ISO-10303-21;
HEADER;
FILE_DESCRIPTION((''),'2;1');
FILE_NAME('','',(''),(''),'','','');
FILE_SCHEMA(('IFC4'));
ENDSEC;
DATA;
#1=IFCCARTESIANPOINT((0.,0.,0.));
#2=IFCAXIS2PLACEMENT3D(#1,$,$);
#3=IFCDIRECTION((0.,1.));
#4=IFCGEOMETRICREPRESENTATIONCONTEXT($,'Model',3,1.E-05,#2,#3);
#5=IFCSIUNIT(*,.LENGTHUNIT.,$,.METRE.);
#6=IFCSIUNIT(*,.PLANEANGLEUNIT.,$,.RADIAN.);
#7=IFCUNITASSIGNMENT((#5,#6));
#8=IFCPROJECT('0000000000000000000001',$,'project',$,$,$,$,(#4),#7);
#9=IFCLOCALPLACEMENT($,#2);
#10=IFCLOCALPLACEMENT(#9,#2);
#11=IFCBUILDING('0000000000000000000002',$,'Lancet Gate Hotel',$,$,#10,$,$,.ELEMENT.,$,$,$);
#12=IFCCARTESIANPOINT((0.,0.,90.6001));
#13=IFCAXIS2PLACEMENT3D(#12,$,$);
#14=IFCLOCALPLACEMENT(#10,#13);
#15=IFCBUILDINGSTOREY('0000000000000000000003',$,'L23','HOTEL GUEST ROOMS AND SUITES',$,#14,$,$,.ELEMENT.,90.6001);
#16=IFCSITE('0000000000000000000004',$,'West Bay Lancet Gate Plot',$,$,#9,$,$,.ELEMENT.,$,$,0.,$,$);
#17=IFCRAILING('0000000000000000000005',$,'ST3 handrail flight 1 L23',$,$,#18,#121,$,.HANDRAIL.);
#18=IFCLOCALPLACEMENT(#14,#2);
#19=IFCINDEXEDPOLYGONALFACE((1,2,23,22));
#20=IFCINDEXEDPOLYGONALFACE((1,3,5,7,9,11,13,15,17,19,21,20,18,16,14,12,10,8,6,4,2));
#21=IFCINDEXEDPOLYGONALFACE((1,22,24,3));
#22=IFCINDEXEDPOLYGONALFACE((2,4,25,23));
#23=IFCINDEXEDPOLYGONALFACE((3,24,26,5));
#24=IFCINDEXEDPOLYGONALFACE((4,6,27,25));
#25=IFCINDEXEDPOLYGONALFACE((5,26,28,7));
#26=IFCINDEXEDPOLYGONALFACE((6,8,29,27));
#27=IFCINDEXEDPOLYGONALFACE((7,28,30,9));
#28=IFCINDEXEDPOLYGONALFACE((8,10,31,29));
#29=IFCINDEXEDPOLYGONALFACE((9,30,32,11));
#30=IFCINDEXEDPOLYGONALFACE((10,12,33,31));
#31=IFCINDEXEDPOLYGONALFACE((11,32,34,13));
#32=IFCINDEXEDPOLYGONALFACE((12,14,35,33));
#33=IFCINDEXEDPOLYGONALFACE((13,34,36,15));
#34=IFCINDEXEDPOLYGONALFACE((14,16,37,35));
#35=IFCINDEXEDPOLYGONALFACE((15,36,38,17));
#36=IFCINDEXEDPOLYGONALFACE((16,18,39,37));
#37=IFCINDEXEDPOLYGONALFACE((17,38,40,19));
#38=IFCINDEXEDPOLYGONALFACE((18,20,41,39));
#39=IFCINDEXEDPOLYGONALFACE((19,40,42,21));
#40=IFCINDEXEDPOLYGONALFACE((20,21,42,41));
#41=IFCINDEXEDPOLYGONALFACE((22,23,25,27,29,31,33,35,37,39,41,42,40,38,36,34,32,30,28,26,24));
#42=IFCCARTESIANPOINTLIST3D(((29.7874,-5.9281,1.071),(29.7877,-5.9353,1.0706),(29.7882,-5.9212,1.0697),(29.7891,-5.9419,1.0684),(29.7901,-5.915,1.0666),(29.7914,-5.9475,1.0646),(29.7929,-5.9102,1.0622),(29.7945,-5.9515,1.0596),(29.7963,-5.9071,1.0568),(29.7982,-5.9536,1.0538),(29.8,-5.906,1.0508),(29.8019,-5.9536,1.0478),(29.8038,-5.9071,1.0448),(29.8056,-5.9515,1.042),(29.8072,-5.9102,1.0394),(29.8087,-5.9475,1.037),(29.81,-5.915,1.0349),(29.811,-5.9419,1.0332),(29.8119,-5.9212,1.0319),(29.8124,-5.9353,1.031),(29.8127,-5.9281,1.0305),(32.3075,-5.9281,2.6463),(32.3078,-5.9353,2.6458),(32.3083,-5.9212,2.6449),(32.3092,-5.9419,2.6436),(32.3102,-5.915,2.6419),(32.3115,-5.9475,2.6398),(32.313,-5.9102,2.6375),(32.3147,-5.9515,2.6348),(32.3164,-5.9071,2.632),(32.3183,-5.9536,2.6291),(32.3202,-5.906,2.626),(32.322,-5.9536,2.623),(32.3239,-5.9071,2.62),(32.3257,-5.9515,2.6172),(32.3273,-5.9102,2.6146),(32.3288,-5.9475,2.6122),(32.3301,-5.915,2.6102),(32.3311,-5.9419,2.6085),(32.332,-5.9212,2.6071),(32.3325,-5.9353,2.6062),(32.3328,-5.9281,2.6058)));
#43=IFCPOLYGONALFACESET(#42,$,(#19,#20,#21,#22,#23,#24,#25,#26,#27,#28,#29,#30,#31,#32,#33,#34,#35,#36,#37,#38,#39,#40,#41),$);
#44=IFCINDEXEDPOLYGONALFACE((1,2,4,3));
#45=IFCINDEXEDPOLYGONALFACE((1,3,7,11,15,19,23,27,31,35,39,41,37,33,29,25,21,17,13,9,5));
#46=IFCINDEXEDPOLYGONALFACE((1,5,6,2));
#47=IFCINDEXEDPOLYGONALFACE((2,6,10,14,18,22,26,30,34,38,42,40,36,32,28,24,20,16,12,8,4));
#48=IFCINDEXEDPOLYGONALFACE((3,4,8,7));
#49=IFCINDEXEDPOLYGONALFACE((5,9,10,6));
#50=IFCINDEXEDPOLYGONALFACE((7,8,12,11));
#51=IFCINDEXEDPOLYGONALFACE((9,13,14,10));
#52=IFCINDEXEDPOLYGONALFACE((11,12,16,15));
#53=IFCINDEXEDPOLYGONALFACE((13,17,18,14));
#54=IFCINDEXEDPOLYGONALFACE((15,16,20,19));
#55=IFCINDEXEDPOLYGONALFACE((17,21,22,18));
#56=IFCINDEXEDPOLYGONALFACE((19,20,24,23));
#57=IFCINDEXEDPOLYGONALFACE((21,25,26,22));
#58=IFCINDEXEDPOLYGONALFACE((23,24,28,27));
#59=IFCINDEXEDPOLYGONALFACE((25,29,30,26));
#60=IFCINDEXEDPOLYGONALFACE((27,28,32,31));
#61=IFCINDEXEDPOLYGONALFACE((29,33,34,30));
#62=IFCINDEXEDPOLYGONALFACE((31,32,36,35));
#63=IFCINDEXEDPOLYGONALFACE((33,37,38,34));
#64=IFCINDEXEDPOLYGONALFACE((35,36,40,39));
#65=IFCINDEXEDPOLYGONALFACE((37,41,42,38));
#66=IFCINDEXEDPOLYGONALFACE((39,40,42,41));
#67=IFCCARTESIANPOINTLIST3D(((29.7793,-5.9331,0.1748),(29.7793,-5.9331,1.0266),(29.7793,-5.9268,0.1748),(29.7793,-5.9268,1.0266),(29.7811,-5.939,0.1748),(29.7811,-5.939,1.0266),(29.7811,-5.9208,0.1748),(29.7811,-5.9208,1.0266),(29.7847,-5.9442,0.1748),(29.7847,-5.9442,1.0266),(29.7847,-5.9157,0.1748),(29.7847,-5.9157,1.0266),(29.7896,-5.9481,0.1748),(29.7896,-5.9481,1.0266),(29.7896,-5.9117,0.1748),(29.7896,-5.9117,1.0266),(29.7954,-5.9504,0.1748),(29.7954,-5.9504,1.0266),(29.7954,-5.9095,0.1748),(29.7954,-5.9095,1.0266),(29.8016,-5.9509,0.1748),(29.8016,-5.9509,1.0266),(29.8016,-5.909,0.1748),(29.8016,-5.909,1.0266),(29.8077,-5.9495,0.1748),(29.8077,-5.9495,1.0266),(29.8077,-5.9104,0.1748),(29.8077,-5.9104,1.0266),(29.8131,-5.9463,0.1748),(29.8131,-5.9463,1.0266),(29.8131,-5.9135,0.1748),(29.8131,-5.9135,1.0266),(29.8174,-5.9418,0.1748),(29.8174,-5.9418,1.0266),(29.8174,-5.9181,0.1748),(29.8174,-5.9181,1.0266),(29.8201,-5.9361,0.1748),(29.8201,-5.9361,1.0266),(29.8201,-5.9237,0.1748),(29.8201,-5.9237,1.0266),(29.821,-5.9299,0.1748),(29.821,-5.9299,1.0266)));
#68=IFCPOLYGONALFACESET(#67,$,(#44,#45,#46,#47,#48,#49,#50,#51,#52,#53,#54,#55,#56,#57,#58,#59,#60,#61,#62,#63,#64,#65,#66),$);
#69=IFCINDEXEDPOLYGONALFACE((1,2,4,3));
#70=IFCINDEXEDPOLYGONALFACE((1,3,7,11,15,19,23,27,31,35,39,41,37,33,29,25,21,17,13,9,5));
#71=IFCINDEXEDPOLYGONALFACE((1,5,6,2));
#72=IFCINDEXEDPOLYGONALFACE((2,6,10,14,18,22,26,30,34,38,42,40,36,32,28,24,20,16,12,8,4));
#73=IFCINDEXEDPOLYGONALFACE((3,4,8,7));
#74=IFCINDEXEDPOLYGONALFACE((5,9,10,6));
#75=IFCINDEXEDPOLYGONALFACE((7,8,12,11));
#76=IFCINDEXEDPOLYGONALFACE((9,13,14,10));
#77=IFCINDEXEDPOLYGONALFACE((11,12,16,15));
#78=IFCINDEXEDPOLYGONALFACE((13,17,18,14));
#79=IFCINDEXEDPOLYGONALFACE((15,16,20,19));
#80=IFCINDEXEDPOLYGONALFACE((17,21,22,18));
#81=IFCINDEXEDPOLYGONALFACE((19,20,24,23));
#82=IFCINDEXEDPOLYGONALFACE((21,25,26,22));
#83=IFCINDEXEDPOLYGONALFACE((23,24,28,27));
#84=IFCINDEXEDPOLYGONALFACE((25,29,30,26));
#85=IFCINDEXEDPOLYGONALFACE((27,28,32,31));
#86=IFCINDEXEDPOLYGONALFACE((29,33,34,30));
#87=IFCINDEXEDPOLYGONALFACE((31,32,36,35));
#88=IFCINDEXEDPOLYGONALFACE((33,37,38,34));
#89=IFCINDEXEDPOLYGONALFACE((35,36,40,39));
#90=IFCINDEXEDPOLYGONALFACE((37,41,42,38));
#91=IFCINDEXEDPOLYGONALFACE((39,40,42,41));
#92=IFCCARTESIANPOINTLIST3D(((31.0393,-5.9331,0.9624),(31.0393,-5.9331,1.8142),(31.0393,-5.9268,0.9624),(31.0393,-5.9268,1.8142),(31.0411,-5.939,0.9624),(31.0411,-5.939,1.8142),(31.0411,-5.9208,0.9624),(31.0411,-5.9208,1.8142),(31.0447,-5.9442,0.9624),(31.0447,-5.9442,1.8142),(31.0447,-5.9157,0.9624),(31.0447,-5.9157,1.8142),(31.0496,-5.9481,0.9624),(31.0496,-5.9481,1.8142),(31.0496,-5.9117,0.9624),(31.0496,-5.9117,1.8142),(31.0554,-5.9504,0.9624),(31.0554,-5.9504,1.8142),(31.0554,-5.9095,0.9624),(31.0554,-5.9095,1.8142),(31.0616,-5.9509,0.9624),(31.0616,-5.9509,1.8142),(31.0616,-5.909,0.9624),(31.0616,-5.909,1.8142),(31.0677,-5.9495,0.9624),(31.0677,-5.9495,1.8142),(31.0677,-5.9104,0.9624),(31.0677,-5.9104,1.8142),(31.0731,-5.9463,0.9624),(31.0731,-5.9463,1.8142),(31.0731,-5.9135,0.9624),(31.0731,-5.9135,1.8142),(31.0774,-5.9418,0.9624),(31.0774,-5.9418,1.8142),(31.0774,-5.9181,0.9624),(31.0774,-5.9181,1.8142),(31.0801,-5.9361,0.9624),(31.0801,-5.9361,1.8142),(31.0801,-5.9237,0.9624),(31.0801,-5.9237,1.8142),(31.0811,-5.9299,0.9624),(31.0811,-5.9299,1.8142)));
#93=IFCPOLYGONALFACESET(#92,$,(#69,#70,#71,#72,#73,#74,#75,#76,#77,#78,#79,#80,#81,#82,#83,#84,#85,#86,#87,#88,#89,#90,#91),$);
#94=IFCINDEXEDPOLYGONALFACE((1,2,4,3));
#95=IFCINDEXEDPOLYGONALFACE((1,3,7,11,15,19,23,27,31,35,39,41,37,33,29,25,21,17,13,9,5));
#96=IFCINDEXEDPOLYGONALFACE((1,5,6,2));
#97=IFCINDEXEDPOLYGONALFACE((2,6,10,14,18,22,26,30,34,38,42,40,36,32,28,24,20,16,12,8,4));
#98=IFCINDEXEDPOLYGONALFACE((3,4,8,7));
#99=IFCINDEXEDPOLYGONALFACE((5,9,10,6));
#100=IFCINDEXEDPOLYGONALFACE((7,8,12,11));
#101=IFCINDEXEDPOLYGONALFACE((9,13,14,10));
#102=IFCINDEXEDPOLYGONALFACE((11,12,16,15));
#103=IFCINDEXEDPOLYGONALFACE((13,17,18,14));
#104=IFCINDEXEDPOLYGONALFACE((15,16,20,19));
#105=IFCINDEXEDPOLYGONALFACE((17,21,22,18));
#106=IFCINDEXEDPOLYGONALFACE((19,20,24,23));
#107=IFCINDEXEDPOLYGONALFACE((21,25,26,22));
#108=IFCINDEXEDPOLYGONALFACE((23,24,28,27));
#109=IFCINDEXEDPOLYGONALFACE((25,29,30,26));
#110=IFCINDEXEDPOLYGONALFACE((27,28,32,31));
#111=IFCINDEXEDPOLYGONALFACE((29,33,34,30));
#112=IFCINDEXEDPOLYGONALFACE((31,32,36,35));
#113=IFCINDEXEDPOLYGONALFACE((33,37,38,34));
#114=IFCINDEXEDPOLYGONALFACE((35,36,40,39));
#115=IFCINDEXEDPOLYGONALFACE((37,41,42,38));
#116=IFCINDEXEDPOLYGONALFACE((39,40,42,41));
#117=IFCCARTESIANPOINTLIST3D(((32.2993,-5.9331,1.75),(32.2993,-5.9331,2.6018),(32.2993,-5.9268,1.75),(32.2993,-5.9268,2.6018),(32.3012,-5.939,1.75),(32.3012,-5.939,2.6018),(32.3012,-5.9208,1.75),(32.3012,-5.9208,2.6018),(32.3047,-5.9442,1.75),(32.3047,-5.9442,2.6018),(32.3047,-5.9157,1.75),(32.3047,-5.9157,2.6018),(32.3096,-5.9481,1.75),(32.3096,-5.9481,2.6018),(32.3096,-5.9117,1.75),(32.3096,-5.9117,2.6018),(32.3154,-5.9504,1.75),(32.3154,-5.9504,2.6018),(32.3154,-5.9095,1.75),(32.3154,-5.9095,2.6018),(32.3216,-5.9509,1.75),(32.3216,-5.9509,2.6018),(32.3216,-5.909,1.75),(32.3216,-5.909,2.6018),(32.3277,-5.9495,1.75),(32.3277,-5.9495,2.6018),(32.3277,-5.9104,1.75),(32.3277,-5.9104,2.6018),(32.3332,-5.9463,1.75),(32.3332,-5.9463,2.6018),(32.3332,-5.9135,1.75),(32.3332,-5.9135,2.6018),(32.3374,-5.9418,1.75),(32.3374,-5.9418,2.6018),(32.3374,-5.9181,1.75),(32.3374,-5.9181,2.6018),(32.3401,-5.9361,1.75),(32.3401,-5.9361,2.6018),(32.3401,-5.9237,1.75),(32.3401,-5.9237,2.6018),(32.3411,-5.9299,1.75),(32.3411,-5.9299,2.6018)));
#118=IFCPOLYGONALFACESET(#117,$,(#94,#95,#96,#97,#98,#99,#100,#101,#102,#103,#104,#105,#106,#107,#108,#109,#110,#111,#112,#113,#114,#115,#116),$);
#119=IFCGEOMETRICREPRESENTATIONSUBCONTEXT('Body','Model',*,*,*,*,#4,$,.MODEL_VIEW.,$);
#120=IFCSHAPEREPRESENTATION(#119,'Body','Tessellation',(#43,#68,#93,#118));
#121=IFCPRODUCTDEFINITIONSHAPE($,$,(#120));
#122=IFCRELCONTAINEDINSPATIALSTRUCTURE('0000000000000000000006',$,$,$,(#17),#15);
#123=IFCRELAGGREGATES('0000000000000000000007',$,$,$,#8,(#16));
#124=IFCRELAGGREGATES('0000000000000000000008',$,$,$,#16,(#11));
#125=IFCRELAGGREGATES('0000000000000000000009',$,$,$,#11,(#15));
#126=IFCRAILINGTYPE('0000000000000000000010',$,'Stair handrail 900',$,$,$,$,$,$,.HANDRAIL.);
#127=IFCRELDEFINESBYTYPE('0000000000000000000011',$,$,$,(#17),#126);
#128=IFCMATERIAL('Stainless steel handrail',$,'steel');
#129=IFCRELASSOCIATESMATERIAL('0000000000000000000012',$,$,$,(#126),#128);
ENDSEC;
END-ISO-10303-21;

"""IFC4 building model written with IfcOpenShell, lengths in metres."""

from ifc_helpers import new_model, si_unit, direction, frame, origin, origin_2d, place, context, subcontext, project, spatial, circle, extrude, material, type_object, element, save


model = new_model("IFC4")

# Units and contexts
model_context = context("Model", 3, precision=1e-05, world=origin(), true_north=direction((0.0, 1.0)))
body_context = subcontext(model_context, "Body", "Model", "MODEL_VIEW")
ifc_project = project(units=[si_unit("LENGTHUNIT", "METRE"), si_unit("PLANEANGLEUNIT", "RADIAN")], contexts=[model_context])

# Site, building, storey
site_placement = place(None, origin())
site = spatial("IfcSite", under=ifc_project, at=site_placement, Name="West Bay Lancet Gate Plot", CompositionType="ELEMENT", RefElevation=0.0)
building_placement = place(site_placement, origin())
building = spatial("IfcBuilding", under=site, at=building_placement, Name="Lancet Gate Hotel", CompositionType="ELEMENT")
storey_placement = place(building_placement, frame((0.0, 0.0, 90.6001)))
storey = spatial("IfcBuildingStorey", under=building, at=storey_placement, Name="L23", Description="HOTEL GUEST ROOMS AND SUITES", CompositionType="ELEMENT", Elevation=90.6001)

# Railing
ifc_material_1 = material(Name="Stainless steel handrail", Category="steel")
railing_type = type_object("IfcRailingType", Name="Stair handrail 900", PredefinedType="HANDRAIL", material=ifc_material_1)
railing_1_placement = place(storey_placement, frame((29.8, -5.9299, 0.1748)))
element("IfcRailing", 1, at=railing_1_placement, inside=storey, type_object=railing_type, Name="ST3 handrail flight 1 L23", PredefinedType="HANDRAIL", context=body_context, shape_type="SweptSolid", body=[
    extrude(circle(Radius=0.0239, at=origin_2d()), frame((0.0, 0.0, 0.876), z_axis=(0.847971, 0.0, 0.530043), x_axis=(0.0, 1.0, 0.0)), (0.0, 0.0, 1.0), 2.9719),
    extrude(circle(Radius=0.021, at=origin_2d()), origin(), (0.0, 0.0, 1.0), 0.8518),
    extrude(circle(Radius=0.021, at=origin_2d()), frame((1.26, 0.0, 0.7876)), (0.0, 0.0, 1.0), 0.8518),
    extrude(circle(Radius=0.021, at=origin_2d()), frame((2.52, 0.0, 1.5752)), (0.0, 0.0, 1.0), 0.8518),
])

save(model, "model.ifc")
